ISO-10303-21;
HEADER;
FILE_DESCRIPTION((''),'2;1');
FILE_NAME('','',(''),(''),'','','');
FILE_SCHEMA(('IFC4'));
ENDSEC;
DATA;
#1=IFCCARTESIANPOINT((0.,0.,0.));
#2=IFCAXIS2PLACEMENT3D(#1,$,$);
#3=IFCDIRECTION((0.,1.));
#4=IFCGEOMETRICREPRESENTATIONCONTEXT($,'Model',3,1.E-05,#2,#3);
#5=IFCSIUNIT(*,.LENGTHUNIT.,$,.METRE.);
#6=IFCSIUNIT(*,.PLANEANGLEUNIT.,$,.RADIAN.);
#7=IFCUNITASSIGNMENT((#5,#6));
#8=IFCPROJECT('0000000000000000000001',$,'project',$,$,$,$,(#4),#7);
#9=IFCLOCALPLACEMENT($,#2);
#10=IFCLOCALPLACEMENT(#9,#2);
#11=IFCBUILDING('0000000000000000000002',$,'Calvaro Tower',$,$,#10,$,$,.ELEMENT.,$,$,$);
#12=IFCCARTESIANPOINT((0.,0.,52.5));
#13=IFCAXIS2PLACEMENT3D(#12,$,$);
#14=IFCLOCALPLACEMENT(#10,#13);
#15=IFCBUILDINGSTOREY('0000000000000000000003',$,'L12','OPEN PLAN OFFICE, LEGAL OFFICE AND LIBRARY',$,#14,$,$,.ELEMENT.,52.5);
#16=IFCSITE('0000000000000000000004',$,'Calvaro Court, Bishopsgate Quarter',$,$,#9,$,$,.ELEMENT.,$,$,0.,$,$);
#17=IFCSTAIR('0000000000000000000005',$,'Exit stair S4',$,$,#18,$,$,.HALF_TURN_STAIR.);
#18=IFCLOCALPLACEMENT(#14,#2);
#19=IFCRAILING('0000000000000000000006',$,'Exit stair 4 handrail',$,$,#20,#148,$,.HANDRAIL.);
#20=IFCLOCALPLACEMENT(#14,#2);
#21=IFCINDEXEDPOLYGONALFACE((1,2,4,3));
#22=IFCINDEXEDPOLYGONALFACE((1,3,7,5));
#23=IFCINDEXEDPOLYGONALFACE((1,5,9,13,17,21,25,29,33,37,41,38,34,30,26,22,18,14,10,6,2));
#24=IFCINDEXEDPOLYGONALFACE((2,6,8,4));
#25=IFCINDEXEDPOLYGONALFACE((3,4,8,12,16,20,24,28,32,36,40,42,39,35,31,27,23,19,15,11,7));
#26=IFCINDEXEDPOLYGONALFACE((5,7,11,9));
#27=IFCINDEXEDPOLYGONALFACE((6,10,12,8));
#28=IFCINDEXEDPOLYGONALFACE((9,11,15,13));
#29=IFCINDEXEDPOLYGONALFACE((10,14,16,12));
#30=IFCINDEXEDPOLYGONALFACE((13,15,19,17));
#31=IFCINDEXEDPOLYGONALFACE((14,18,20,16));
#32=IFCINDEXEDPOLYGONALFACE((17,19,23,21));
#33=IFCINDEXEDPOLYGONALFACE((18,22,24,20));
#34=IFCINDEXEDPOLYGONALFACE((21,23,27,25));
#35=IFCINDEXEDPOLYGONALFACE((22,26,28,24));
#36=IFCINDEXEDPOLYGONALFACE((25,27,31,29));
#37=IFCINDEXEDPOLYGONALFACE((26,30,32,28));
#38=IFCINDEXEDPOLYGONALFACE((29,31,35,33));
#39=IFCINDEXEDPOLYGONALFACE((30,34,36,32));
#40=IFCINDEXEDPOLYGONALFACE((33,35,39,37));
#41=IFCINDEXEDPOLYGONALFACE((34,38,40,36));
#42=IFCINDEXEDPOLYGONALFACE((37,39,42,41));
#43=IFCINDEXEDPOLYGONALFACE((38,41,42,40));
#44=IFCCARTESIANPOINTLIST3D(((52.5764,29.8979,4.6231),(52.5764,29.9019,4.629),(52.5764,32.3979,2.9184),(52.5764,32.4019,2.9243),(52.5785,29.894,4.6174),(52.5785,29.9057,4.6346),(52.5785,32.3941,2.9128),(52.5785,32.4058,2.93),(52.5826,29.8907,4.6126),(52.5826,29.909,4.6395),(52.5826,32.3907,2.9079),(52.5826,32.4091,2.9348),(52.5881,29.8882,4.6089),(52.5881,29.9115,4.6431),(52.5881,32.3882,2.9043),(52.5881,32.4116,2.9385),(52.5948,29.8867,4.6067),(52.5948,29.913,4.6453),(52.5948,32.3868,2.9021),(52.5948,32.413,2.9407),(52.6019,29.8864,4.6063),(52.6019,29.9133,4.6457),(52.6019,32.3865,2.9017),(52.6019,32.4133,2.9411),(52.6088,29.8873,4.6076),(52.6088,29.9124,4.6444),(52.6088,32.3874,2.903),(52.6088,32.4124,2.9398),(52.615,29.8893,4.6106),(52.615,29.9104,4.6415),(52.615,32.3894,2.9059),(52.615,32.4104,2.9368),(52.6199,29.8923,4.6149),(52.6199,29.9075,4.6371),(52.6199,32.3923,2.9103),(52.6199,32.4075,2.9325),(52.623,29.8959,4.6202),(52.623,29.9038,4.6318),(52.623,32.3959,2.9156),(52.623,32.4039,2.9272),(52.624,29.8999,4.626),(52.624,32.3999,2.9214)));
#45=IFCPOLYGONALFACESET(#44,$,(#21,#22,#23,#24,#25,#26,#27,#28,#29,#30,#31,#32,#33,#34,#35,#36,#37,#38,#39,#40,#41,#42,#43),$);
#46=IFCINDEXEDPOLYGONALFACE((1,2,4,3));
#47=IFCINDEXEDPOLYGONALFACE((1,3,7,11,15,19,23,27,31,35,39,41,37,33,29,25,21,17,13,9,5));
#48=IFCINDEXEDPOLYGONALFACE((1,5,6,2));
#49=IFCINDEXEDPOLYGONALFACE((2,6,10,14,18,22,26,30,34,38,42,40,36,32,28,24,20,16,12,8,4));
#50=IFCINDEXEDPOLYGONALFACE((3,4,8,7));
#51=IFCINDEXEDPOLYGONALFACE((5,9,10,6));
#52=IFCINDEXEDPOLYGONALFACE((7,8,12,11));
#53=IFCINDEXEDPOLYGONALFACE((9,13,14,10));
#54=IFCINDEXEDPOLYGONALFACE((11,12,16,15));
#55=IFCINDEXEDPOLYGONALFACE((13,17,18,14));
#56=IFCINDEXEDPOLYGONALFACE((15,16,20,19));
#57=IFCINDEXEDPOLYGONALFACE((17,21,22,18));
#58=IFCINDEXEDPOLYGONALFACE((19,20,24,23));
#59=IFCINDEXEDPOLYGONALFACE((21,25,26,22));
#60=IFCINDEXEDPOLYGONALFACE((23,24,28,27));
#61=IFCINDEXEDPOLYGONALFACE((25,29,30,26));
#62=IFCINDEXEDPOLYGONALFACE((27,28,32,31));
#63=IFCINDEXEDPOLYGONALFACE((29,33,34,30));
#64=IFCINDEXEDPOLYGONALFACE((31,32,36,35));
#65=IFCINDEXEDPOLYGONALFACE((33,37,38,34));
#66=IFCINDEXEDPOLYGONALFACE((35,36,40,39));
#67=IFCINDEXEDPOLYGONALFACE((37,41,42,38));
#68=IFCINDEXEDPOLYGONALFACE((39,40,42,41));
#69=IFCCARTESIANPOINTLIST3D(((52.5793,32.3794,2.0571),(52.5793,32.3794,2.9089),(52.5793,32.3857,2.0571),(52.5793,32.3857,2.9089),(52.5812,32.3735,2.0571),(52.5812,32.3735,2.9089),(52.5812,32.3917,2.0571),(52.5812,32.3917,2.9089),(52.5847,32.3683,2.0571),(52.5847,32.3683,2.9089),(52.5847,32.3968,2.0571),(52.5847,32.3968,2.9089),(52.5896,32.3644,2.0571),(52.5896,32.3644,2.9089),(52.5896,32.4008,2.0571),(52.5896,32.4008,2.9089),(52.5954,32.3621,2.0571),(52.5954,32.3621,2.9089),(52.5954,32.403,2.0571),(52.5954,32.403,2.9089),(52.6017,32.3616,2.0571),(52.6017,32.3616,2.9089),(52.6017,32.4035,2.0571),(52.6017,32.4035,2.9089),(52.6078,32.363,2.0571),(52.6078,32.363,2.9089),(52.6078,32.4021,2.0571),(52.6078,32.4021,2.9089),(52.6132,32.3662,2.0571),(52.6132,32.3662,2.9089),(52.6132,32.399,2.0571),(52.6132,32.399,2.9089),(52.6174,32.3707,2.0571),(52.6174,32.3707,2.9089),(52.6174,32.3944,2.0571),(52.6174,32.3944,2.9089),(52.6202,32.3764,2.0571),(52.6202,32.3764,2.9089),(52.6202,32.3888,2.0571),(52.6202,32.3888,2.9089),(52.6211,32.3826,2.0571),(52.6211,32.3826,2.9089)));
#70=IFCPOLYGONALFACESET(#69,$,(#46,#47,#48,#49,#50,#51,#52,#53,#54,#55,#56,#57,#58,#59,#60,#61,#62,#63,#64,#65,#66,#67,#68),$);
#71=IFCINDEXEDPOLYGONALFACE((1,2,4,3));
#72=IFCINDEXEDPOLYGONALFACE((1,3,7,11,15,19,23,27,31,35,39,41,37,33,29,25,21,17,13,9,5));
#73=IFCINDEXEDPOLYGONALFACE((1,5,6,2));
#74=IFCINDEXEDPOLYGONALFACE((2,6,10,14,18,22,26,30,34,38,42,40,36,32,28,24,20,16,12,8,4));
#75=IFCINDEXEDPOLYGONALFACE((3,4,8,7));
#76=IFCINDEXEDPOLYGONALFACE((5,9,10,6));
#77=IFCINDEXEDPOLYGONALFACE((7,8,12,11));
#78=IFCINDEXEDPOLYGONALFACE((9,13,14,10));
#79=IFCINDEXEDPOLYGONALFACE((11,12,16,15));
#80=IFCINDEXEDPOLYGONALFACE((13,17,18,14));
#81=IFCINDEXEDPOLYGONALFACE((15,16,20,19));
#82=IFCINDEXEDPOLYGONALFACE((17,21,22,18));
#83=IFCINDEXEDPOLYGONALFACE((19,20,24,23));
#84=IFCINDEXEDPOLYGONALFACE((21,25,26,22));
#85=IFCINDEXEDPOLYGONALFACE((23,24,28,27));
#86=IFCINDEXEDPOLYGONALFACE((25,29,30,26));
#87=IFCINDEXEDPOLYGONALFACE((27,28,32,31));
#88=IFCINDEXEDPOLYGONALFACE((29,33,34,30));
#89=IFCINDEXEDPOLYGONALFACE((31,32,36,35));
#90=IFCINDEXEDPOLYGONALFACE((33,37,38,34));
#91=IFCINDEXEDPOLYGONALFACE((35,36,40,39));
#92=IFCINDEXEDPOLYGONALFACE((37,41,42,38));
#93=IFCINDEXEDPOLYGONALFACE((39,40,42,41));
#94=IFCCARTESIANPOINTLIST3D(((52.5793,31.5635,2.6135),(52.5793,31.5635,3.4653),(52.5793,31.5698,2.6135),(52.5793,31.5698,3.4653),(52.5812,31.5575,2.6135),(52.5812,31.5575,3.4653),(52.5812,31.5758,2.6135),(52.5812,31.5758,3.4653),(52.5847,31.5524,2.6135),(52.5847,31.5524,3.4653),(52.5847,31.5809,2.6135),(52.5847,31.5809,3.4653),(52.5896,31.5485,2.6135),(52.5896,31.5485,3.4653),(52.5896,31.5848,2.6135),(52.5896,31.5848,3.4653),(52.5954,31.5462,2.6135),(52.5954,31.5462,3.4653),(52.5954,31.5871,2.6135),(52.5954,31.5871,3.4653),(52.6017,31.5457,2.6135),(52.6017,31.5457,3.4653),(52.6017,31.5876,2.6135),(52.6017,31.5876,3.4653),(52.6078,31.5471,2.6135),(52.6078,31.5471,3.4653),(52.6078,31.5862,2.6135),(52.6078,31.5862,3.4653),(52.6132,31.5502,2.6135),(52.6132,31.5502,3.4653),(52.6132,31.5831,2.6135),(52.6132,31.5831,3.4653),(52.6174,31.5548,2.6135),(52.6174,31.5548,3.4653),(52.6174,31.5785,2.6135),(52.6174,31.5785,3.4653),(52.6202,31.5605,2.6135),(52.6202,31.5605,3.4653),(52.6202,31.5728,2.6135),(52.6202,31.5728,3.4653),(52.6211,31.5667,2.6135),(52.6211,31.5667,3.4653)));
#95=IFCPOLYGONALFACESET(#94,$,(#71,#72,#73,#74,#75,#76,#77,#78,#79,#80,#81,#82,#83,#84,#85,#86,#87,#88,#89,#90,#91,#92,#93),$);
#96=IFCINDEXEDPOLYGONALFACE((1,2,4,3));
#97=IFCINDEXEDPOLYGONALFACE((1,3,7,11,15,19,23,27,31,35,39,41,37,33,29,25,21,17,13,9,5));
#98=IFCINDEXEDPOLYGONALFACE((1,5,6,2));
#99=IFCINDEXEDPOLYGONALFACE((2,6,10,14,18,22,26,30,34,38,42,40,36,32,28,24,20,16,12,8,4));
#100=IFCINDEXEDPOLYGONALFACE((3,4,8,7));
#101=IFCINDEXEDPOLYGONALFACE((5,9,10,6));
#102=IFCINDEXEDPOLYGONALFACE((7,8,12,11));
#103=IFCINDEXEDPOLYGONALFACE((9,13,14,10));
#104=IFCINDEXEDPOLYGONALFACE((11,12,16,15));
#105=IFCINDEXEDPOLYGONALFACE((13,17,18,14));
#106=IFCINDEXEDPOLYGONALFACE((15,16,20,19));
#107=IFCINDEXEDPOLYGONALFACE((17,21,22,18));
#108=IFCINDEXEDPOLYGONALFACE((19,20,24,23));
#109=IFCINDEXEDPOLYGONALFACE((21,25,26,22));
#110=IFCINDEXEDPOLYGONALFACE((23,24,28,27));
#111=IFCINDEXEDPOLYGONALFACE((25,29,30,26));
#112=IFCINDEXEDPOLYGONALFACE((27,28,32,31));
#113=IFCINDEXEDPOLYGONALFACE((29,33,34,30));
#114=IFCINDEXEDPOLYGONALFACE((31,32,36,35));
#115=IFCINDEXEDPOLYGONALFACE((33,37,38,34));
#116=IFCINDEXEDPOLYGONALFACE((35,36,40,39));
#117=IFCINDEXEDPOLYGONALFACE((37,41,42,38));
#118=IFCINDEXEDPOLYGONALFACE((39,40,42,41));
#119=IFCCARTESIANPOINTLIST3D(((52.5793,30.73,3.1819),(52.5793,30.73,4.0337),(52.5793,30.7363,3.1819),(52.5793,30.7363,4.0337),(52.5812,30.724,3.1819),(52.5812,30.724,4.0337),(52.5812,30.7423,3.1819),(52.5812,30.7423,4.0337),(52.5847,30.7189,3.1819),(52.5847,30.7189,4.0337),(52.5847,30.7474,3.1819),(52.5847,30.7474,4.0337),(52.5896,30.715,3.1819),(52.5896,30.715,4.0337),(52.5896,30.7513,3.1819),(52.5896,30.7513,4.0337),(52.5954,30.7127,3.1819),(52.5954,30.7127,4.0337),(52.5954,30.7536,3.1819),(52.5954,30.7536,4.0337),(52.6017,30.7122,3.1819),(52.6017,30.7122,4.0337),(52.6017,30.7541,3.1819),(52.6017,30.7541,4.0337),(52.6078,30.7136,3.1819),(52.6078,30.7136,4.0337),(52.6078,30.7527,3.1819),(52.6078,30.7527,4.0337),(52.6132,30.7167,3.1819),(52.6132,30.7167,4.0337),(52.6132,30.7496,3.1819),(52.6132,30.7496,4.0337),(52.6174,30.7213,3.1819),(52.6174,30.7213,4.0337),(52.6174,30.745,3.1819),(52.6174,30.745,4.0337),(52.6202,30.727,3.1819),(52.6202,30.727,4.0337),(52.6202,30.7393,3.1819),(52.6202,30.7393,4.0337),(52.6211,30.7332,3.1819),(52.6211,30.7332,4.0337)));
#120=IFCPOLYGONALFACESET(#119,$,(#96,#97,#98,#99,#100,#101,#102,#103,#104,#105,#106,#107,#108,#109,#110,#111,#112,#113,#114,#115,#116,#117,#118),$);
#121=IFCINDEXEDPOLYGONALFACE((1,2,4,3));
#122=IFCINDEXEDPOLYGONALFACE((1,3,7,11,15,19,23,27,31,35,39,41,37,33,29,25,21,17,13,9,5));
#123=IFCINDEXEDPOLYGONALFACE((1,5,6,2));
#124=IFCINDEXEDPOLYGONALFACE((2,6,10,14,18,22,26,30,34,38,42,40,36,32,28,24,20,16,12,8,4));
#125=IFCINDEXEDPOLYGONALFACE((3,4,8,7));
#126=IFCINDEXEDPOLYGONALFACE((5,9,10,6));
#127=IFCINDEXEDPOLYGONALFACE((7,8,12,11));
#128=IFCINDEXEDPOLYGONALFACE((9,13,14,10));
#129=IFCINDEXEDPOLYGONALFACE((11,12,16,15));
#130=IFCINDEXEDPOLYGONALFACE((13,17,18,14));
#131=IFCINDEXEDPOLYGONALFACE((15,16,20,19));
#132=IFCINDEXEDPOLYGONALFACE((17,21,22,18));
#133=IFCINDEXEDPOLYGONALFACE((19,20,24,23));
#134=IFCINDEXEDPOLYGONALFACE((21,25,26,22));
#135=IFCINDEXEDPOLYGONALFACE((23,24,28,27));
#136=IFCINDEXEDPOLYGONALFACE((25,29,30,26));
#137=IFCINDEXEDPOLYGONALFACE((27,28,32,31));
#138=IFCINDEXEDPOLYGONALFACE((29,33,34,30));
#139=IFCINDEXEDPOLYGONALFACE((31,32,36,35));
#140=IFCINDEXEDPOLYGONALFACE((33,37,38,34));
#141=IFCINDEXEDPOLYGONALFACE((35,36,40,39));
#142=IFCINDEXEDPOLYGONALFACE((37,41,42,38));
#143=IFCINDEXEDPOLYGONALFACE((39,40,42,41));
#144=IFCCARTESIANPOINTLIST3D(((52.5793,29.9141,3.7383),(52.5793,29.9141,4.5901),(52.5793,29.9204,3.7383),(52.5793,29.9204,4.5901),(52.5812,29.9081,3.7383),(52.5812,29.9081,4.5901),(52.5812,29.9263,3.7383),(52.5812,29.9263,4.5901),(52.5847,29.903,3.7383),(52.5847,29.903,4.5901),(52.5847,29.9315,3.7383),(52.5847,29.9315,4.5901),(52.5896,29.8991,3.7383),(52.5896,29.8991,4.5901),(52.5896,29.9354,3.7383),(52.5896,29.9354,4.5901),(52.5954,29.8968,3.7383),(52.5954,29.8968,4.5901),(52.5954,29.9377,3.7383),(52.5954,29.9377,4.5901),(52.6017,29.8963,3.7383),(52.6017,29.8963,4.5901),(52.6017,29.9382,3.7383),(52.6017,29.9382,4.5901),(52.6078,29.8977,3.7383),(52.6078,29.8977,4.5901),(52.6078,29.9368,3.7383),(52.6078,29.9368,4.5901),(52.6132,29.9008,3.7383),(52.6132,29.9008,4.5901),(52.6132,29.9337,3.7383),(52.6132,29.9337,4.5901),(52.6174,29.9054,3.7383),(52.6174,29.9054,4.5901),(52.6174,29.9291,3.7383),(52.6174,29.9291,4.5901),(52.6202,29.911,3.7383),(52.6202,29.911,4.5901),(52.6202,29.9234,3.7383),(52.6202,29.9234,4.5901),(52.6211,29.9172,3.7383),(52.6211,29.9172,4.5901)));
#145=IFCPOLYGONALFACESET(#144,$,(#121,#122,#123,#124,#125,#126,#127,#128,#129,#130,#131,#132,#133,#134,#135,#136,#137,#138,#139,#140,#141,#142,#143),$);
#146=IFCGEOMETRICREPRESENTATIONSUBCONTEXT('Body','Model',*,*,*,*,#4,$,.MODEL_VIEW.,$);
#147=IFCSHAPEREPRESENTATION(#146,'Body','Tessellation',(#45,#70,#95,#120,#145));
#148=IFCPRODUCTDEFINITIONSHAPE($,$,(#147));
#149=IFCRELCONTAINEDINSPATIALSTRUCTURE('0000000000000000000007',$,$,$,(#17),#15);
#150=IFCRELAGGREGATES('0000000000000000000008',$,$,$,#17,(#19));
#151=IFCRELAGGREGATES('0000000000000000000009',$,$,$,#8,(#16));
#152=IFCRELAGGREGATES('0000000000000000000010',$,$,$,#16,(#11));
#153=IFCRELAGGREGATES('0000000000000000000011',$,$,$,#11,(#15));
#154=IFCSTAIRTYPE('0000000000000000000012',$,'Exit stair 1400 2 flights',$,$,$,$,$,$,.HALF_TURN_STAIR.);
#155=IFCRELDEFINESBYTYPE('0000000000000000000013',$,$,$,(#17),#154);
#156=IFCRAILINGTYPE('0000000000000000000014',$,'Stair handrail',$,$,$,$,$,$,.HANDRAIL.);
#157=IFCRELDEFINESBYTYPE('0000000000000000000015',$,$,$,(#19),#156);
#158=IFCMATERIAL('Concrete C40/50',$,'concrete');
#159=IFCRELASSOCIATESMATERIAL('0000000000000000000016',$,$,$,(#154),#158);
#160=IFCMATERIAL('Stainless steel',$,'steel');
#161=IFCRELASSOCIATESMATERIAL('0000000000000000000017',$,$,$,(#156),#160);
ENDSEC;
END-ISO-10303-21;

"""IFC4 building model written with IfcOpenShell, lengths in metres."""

from ifc_helpers import new_model, si_unit, direction, frame, origin, origin_2d, place, context, subcontext, project, spatial, circle, extrude, material, type_object, element, aggregate, save


model = new_model("IFC4")

# Units and contexts
model_context = context("Model", 3, precision=1e-05, world=origin(), true_north=direction((0.0, 1.0)))
body_context = subcontext(model_context, "Body", "Model", "MODEL_VIEW")
ifc_project = project(units=[si_unit("LENGTHUNIT", "METRE"), si_unit("PLANEANGLEUNIT", "RADIAN")], contexts=[model_context])

# Site, building, storey
site_placement = place(None, origin())
site = spatial("IfcSite", under=ifc_project, at=site_placement, Name="Calvaro Court, Bishopsgate Quarter", CompositionType="ELEMENT", RefElevation=0.0)
building_placement = place(site_placement, origin())
building = spatial("IfcBuilding", under=site, at=building_placement, Name="Calvaro Tower", CompositionType="ELEMENT")
storey_placement = place(building_placement, frame((0.0, 0.0, 52.5)))
storey = spatial("IfcBuildingStorey", under=building, at=storey_placement, Name="L12", Description="OPEN PLAN OFFICE, LEGAL OFFICE AND LIBRARY", CompositionType="ELEMENT", Elevation=52.5)

# Stair
ifc_material_1 = material(Name="Concrete C40/50", Category="concrete")
stair_type = type_object("IfcStairType", Name="Exit stair 1400 2 flights", PredefinedType="HALF_TURN_STAIR", material=ifc_material_1)
stair_1_placement = place(storey_placement, origin())
stair_1 = element("IfcStair", 1, at=stair_1_placement, inside=storey, type_object=stair_type, Name="Exit stair S4", PredefinedType="HALF_TURN_STAIR")

# Railing
ifc_material_2 = material(Name="Stainless steel", Category="steel")
railing_type = type_object("IfcRailingType", Name="Stair handrail", PredefinedType="HANDRAIL", material=ifc_material_2)
railing_1_placement = place(storey_placement, frame((52.6001, 32.3999, 2.0454)))
railing_1 = element("IfcRailing", 2, at=railing_1_placement, type_object=railing_type, Name="Exit stair 4 handrail", PredefinedType="HANDRAIL", context=body_context, shape_type="SweptSolid", body=[
    extrude(circle(Radius=0.0239, at=origin_2d()), frame((0.0, 0.0, 0.876), z_axis=(0.0, -0.826221, 0.563347), x_axis=(1.0, 0.0, 0.0)), (0.0, 0.0, 1.0), 3.0259),
    extrude(circle(Radius=0.021, at=origin_2d()), frame((0.0, -0.0173, 0.0117)), (0.0, 0.0, 1.0), 0.8518),
    extrude(circle(Radius=0.021, at=origin_2d()), frame((0.0, -0.8333, 0.5681)), (0.0, 0.0, 1.0), 0.8518),
    extrude(circle(Radius=0.021, at=origin_2d()), frame((0.0, -1.6667, 1.1365)), (0.0, 0.0, 1.0), 0.8518),
    extrude(circle(Radius=0.021, at=origin_2d()), frame((0.0, -2.4827, 1.6929)), (0.0, 0.0, 1.0), 0.8518),
])
aggregate(stair_1, [railing_1])

save(model, "model.ifc")
